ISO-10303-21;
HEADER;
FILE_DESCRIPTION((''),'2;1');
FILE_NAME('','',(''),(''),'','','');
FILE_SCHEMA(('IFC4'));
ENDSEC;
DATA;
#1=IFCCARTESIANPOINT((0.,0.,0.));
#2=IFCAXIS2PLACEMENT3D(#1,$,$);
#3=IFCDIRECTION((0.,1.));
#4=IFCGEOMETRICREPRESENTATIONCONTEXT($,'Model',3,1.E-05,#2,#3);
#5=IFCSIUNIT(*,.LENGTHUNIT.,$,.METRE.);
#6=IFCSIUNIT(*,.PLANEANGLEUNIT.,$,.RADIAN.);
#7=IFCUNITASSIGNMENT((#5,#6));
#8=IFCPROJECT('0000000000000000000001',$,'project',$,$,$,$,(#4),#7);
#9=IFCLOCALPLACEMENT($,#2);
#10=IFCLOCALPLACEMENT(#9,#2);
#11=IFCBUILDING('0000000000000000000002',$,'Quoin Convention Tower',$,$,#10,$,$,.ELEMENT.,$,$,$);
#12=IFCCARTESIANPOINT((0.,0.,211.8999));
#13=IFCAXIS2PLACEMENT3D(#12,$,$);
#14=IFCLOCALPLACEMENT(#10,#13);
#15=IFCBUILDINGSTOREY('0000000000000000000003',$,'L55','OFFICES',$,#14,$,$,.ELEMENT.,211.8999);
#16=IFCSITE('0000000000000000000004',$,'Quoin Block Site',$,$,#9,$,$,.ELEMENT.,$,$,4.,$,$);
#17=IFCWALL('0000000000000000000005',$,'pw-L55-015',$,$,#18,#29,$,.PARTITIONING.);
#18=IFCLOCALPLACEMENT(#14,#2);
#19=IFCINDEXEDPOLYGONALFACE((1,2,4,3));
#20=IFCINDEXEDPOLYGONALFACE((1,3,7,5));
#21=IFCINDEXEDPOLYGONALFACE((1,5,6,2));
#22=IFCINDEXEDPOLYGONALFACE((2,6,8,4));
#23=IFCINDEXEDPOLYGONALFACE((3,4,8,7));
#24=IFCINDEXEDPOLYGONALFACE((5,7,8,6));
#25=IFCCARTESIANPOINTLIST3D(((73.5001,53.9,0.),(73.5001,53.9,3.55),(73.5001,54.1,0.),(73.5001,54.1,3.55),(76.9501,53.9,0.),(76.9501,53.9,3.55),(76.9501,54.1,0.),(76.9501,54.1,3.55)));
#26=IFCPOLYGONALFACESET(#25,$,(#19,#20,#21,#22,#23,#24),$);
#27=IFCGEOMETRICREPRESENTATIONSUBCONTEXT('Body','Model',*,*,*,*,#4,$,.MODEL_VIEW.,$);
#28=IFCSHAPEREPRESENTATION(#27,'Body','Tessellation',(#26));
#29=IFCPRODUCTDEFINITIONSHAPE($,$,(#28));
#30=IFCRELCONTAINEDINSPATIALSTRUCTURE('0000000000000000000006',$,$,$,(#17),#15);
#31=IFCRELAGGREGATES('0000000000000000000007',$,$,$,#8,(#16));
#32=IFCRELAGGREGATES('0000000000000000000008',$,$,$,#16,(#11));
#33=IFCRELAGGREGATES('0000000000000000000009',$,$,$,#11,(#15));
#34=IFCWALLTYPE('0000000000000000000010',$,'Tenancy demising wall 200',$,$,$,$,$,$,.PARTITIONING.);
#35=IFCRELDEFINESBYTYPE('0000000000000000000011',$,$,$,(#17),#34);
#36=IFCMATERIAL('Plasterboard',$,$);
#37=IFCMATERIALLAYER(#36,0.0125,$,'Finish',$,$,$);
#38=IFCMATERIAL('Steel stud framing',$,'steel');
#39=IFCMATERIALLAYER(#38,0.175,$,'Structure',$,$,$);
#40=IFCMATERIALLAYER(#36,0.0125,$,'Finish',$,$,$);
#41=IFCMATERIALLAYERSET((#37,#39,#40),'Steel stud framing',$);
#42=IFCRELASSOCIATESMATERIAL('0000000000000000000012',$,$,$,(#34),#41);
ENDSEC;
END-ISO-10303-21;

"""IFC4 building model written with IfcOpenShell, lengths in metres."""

from ifc_helpers import new_model, si_unit, direction, frame, frame_2d, origin, place, context, subcontext, project, spatial, rectangle, extrude, material, layer, layer_set, type_object, element, save


model = new_model("IFC4")

# Units and contexts
model_context = context("Model", 3, precision=1e-05, world=origin(), true_north=direction((0.0, 1.0)))
body_context = subcontext(model_context, "Body", "Model", "MODEL_VIEW")
ifc_project = project(units=[si_unit("LENGTHUNIT", "METRE"), si_unit("PLANEANGLEUNIT", "RADIAN")], contexts=[model_context])

# Site, building, storey
site_placement = place(None, origin())
site = spatial("IfcSite", under=ifc_project, at=site_placement, Name="Quoin Block Site", CompositionType="ELEMENT", RefElevation=4.0)
building_placement = place(site_placement, origin())
building = spatial("IfcBuilding", under=site, at=building_placement, Name="Quoin Convention Tower", CompositionType="ELEMENT")
storey_placement = place(building_placement, frame((0.0, 0.0, 211.8999)))
storey = spatial("IfcBuildingStorey", under=building, at=storey_placement, Name="L55", Description="OFFICES", CompositionType="ELEMENT", Elevation=211.8999)

# Shared definitions
ifc_material_1 = material(Name="Plasterboard")
ifc_material_2 = material(Name="Steel stud framing", Category="steel")

# Wall
ifc_layer_1 = layer(ifc_material_1, 0.0125, Name="Finish")
ifc_layer_2 = layer(ifc_material_2, 0.175, Name="Structure")
ifc_layer_3 = layer(ifc_material_1, 0.0125, Name="Finish")
ifc_layer_set_1 = layer_set([ifc_layer_1, ifc_layer_2, ifc_layer_3], Name="Steel stud framing")
wall_type_1 = type_object("IfcWallType", Name="Tenancy demising wall 200", PredefinedType="PARTITIONING", material=ifc_layer_set_1)
wall_1_placement = place(storey_placement, frame((73.5, 54.0, 0.0), z_axis=(0.0, 0.0, 1.0), x_axis=(1.0, 0.0, 0.0)))
element("IfcWall", 1, at=wall_1_placement, inside=storey, type_object=wall_type_1, Name="pw-L55-015", PredefinedType="PARTITIONING", context=body_context, shape_type="SweptSolid", body=[
    extrude(rectangle(XDim=3.45, YDim=0.2, at=frame_2d((1.7251, 0.0))), origin(), (0.0, 0.0, 1.0), 3.55),
])

save(model, "model.ifc")
